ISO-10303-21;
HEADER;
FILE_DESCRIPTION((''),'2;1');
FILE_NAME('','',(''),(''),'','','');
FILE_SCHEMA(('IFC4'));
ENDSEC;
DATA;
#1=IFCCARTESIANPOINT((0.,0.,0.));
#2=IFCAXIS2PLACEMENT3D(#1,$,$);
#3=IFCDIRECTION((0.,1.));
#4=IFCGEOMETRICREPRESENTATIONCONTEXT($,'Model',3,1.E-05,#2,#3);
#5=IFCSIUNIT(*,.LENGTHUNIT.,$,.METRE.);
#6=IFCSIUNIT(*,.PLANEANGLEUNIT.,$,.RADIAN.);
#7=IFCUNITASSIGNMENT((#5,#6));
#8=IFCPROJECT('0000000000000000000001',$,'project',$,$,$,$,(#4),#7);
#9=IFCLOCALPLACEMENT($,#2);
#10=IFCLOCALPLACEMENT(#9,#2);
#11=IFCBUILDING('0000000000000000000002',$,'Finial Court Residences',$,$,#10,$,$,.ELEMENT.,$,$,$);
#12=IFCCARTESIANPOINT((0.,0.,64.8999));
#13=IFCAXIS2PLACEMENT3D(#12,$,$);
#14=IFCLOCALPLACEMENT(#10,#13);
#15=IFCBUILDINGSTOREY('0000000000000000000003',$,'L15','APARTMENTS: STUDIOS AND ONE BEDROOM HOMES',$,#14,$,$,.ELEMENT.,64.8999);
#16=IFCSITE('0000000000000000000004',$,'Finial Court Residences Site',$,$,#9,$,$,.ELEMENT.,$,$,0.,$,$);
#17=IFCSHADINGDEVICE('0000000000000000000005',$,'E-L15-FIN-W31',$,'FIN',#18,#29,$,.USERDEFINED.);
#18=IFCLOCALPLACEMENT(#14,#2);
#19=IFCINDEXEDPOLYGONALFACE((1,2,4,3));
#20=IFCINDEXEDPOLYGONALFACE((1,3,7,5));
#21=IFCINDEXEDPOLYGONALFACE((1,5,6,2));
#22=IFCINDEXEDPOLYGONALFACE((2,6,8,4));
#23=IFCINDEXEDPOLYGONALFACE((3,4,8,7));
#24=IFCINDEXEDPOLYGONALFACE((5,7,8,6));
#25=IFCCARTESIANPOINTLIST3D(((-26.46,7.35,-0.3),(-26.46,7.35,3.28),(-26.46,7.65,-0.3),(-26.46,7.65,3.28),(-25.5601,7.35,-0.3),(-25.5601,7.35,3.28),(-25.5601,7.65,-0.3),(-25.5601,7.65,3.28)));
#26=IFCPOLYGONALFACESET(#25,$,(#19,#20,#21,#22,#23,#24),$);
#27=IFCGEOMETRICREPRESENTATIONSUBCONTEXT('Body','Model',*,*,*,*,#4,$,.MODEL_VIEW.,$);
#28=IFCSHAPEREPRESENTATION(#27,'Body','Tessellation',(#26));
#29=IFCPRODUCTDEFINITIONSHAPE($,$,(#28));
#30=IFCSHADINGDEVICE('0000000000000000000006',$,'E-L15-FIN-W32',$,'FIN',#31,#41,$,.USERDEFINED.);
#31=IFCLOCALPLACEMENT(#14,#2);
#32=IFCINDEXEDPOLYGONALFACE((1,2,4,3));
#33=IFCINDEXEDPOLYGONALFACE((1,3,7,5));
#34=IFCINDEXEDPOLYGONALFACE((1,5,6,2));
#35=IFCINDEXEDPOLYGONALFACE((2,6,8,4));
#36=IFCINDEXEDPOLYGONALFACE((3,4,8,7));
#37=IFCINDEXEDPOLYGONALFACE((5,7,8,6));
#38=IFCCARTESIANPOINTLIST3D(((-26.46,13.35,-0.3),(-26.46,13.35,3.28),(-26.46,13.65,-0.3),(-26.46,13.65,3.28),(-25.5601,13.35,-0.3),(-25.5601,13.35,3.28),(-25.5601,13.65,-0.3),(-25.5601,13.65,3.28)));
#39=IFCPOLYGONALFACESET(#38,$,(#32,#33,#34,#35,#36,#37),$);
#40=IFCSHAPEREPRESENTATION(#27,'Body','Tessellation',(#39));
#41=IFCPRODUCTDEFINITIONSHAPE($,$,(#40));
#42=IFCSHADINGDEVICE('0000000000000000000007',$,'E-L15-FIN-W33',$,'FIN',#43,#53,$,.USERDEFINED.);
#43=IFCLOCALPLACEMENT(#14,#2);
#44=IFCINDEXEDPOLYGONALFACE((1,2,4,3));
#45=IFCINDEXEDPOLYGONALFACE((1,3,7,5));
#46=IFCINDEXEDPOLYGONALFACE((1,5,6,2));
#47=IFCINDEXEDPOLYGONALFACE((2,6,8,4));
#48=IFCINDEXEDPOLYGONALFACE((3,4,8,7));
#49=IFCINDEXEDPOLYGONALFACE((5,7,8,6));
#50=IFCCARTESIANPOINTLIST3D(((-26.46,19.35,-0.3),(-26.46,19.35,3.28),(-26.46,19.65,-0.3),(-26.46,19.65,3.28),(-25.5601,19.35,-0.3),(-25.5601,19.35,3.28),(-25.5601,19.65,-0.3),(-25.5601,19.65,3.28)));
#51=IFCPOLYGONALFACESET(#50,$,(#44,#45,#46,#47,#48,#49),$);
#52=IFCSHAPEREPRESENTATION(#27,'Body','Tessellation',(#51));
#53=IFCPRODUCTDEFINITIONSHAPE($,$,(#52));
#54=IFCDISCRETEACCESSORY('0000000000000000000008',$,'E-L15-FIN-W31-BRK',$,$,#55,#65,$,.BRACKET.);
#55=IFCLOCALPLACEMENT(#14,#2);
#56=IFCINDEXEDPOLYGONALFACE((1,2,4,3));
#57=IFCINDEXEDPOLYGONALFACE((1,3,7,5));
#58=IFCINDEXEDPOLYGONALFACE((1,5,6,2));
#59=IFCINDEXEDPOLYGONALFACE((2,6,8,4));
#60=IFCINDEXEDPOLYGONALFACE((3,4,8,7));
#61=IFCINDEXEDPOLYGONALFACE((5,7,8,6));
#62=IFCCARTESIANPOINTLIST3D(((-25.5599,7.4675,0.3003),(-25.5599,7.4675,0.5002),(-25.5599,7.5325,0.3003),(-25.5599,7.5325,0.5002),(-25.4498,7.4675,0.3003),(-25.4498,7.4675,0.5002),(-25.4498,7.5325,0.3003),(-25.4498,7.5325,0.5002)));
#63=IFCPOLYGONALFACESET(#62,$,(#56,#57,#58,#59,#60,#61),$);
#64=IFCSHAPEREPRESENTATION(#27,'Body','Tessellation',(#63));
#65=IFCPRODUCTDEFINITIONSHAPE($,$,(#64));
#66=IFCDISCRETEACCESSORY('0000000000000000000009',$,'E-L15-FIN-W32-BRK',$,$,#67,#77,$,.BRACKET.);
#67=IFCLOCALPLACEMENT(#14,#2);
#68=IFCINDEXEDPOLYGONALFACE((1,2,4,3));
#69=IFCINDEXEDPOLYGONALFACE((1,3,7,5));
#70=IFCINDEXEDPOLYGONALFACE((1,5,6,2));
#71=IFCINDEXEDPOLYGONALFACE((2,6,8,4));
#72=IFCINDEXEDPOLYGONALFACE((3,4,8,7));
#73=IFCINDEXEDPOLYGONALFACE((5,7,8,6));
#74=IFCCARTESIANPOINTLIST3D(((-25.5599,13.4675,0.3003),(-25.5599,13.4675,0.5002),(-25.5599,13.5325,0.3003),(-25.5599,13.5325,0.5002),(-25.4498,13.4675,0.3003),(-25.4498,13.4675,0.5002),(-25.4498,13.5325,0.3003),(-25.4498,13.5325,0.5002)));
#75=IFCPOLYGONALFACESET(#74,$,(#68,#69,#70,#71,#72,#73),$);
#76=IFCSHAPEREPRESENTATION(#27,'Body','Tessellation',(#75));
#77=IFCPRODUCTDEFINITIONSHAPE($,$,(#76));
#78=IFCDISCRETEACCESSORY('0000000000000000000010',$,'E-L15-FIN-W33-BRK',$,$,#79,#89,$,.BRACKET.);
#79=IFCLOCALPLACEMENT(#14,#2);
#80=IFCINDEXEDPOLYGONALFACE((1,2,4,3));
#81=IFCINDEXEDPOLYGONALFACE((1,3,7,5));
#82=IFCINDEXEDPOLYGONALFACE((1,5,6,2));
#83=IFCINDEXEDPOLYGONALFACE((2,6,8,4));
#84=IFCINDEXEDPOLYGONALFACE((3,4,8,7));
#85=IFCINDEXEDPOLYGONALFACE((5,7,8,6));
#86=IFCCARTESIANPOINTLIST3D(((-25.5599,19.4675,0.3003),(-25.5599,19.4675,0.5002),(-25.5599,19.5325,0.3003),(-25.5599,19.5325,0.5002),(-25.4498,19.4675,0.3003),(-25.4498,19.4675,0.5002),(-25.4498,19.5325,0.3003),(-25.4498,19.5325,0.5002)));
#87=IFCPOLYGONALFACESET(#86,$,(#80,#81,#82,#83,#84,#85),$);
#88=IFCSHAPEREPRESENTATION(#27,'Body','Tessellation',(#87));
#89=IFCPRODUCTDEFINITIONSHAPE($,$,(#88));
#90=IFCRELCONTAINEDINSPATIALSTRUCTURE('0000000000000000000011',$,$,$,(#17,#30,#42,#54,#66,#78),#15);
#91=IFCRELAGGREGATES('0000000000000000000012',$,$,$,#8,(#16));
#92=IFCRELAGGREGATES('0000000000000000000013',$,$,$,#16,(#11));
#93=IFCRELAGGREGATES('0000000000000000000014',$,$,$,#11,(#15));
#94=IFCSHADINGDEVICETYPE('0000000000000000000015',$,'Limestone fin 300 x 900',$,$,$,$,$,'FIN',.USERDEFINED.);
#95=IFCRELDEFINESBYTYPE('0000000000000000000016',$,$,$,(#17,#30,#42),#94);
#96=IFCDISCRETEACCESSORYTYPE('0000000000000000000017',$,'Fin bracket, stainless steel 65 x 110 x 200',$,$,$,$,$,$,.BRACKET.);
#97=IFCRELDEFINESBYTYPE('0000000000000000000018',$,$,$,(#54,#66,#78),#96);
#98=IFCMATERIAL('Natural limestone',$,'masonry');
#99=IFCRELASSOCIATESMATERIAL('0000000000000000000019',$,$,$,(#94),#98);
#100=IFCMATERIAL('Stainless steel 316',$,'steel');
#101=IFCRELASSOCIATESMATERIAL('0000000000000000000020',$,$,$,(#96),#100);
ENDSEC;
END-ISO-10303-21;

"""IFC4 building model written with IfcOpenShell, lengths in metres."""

from ifc_helpers import new_model, si_unit, direction, frame, origin, origin_2d, place, context, subcontext, project, spatial, rectangle, extrude, material, type_object, element, save


model = new_model("IFC4")

# Units and contexts
model_context = context("Model", 3, precision=1e-05, world=origin(), true_north=direction((0.0, 1.0)))
body_context = subcontext(model_context, "Body", "Model", "MODEL_VIEW")
ifc_project = project(units=[si_unit("LENGTHUNIT", "METRE"), si_unit("PLANEANGLEUNIT", "RADIAN")], contexts=[model_context])

# Site, building, storey
site_placement = place(None, origin())
site = spatial("IfcSite", under=ifc_project, at=site_placement, Name="Finial Court Residences Site", CompositionType="ELEMENT", RefElevation=0.0)
building_placement = place(site_placement, origin())
building = spatial("IfcBuilding", under=site, at=building_placement, Name="Finial Court Residences", CompositionType="ELEMENT")
storey_placement = place(building_placement, frame((0.0, 0.0, 64.8999)))
storey = spatial("IfcBuildingStorey", under=building, at=storey_placement, Name="L15", Description="APARTMENTS: STUDIOS AND ONE BEDROOM HOMES", CompositionType="ELEMENT", Elevation=64.8999)

# Shading devices
ifc_material_1 = material(Name="Natural limestone", Category="masonry")
shading_device_type = type_object("IfcShadingDeviceType", Name="Limestone fin 300 x 900", ElementType="FIN", PredefinedType="USERDEFINED", material=ifc_material_1)
for number, where, z_axis, x_axis, name in (
    (1, (-26.01, 7.5, -0.3), (0.0, 0.0, 1.0), (1.0, 0.0, 0.0), "E-L15-FIN-W31"),
    (2, (-26.01, 13.5, -0.3), (0.0, 0.0, 1.0), (1.0, 0.0, 0.0), "E-L15-FIN-W32"),
    (3, (-26.01, 19.5, -0.3), (0.0, 0.0, 1.0), (1.0, 0.0, 0.0), "E-L15-FIN-W33"),
):
    element("IfcShadingDevice", number, at=place(storey_placement, frame(where, z_axis=z_axis, x_axis=x_axis)), inside=storey, type_object=shading_device_type, Name=name, ObjectType="FIN", PredefinedType="USERDEFINED", context=body_context, shape_type="SweptSolid", body=[
        extrude(rectangle(XDim=0.8999, YDim=0.3, at=origin_2d()), origin(), (0.0, 0.0, 1.0), 3.5801),
    ])

# Discrete accessories
ifc_material_2 = material(Name="Stainless steel 316", Category="steel")
discrete_accessory_type = type_object("IfcDiscreteAccessoryType", Name="Fin bracket, stainless steel 65 x 110 x 200", PredefinedType="BRACKET", material=ifc_material_2)
for number, where, z_axis, x_axis, name in (
    (4, (-25.5049, 7.5, 0.3003), (0.0, 0.0, 1.0), (1.0, 0.0, 0.0), "E-L15-FIN-W31-BRK"),
    (5, (-25.5049, 13.5, 0.3003), (0.0, 0.0, 1.0), (1.0, 0.0, 0.0), "E-L15-FIN-W32-BRK"),
    (6, (-25.5049, 19.5, 0.3003), (0.0, 0.0, 1.0), (1.0, 0.0, 0.0), "E-L15-FIN-W33-BRK"),
):
    element("IfcDiscreteAccessory", number, at=place(storey_placement, frame(where, z_axis=z_axis, x_axis=x_axis)), inside=storey, type_object=discrete_accessory_type, Name=name, PredefinedType="BRACKET", context=body_context, shape_type="SweptSolid", body=[
        extrude(rectangle(XDim=0.1101, YDim=0.0649, at=origin_2d()), origin(), (0.0, 0.0, 1.0), 0.2),
    ])

save(model, "model.ifc")
